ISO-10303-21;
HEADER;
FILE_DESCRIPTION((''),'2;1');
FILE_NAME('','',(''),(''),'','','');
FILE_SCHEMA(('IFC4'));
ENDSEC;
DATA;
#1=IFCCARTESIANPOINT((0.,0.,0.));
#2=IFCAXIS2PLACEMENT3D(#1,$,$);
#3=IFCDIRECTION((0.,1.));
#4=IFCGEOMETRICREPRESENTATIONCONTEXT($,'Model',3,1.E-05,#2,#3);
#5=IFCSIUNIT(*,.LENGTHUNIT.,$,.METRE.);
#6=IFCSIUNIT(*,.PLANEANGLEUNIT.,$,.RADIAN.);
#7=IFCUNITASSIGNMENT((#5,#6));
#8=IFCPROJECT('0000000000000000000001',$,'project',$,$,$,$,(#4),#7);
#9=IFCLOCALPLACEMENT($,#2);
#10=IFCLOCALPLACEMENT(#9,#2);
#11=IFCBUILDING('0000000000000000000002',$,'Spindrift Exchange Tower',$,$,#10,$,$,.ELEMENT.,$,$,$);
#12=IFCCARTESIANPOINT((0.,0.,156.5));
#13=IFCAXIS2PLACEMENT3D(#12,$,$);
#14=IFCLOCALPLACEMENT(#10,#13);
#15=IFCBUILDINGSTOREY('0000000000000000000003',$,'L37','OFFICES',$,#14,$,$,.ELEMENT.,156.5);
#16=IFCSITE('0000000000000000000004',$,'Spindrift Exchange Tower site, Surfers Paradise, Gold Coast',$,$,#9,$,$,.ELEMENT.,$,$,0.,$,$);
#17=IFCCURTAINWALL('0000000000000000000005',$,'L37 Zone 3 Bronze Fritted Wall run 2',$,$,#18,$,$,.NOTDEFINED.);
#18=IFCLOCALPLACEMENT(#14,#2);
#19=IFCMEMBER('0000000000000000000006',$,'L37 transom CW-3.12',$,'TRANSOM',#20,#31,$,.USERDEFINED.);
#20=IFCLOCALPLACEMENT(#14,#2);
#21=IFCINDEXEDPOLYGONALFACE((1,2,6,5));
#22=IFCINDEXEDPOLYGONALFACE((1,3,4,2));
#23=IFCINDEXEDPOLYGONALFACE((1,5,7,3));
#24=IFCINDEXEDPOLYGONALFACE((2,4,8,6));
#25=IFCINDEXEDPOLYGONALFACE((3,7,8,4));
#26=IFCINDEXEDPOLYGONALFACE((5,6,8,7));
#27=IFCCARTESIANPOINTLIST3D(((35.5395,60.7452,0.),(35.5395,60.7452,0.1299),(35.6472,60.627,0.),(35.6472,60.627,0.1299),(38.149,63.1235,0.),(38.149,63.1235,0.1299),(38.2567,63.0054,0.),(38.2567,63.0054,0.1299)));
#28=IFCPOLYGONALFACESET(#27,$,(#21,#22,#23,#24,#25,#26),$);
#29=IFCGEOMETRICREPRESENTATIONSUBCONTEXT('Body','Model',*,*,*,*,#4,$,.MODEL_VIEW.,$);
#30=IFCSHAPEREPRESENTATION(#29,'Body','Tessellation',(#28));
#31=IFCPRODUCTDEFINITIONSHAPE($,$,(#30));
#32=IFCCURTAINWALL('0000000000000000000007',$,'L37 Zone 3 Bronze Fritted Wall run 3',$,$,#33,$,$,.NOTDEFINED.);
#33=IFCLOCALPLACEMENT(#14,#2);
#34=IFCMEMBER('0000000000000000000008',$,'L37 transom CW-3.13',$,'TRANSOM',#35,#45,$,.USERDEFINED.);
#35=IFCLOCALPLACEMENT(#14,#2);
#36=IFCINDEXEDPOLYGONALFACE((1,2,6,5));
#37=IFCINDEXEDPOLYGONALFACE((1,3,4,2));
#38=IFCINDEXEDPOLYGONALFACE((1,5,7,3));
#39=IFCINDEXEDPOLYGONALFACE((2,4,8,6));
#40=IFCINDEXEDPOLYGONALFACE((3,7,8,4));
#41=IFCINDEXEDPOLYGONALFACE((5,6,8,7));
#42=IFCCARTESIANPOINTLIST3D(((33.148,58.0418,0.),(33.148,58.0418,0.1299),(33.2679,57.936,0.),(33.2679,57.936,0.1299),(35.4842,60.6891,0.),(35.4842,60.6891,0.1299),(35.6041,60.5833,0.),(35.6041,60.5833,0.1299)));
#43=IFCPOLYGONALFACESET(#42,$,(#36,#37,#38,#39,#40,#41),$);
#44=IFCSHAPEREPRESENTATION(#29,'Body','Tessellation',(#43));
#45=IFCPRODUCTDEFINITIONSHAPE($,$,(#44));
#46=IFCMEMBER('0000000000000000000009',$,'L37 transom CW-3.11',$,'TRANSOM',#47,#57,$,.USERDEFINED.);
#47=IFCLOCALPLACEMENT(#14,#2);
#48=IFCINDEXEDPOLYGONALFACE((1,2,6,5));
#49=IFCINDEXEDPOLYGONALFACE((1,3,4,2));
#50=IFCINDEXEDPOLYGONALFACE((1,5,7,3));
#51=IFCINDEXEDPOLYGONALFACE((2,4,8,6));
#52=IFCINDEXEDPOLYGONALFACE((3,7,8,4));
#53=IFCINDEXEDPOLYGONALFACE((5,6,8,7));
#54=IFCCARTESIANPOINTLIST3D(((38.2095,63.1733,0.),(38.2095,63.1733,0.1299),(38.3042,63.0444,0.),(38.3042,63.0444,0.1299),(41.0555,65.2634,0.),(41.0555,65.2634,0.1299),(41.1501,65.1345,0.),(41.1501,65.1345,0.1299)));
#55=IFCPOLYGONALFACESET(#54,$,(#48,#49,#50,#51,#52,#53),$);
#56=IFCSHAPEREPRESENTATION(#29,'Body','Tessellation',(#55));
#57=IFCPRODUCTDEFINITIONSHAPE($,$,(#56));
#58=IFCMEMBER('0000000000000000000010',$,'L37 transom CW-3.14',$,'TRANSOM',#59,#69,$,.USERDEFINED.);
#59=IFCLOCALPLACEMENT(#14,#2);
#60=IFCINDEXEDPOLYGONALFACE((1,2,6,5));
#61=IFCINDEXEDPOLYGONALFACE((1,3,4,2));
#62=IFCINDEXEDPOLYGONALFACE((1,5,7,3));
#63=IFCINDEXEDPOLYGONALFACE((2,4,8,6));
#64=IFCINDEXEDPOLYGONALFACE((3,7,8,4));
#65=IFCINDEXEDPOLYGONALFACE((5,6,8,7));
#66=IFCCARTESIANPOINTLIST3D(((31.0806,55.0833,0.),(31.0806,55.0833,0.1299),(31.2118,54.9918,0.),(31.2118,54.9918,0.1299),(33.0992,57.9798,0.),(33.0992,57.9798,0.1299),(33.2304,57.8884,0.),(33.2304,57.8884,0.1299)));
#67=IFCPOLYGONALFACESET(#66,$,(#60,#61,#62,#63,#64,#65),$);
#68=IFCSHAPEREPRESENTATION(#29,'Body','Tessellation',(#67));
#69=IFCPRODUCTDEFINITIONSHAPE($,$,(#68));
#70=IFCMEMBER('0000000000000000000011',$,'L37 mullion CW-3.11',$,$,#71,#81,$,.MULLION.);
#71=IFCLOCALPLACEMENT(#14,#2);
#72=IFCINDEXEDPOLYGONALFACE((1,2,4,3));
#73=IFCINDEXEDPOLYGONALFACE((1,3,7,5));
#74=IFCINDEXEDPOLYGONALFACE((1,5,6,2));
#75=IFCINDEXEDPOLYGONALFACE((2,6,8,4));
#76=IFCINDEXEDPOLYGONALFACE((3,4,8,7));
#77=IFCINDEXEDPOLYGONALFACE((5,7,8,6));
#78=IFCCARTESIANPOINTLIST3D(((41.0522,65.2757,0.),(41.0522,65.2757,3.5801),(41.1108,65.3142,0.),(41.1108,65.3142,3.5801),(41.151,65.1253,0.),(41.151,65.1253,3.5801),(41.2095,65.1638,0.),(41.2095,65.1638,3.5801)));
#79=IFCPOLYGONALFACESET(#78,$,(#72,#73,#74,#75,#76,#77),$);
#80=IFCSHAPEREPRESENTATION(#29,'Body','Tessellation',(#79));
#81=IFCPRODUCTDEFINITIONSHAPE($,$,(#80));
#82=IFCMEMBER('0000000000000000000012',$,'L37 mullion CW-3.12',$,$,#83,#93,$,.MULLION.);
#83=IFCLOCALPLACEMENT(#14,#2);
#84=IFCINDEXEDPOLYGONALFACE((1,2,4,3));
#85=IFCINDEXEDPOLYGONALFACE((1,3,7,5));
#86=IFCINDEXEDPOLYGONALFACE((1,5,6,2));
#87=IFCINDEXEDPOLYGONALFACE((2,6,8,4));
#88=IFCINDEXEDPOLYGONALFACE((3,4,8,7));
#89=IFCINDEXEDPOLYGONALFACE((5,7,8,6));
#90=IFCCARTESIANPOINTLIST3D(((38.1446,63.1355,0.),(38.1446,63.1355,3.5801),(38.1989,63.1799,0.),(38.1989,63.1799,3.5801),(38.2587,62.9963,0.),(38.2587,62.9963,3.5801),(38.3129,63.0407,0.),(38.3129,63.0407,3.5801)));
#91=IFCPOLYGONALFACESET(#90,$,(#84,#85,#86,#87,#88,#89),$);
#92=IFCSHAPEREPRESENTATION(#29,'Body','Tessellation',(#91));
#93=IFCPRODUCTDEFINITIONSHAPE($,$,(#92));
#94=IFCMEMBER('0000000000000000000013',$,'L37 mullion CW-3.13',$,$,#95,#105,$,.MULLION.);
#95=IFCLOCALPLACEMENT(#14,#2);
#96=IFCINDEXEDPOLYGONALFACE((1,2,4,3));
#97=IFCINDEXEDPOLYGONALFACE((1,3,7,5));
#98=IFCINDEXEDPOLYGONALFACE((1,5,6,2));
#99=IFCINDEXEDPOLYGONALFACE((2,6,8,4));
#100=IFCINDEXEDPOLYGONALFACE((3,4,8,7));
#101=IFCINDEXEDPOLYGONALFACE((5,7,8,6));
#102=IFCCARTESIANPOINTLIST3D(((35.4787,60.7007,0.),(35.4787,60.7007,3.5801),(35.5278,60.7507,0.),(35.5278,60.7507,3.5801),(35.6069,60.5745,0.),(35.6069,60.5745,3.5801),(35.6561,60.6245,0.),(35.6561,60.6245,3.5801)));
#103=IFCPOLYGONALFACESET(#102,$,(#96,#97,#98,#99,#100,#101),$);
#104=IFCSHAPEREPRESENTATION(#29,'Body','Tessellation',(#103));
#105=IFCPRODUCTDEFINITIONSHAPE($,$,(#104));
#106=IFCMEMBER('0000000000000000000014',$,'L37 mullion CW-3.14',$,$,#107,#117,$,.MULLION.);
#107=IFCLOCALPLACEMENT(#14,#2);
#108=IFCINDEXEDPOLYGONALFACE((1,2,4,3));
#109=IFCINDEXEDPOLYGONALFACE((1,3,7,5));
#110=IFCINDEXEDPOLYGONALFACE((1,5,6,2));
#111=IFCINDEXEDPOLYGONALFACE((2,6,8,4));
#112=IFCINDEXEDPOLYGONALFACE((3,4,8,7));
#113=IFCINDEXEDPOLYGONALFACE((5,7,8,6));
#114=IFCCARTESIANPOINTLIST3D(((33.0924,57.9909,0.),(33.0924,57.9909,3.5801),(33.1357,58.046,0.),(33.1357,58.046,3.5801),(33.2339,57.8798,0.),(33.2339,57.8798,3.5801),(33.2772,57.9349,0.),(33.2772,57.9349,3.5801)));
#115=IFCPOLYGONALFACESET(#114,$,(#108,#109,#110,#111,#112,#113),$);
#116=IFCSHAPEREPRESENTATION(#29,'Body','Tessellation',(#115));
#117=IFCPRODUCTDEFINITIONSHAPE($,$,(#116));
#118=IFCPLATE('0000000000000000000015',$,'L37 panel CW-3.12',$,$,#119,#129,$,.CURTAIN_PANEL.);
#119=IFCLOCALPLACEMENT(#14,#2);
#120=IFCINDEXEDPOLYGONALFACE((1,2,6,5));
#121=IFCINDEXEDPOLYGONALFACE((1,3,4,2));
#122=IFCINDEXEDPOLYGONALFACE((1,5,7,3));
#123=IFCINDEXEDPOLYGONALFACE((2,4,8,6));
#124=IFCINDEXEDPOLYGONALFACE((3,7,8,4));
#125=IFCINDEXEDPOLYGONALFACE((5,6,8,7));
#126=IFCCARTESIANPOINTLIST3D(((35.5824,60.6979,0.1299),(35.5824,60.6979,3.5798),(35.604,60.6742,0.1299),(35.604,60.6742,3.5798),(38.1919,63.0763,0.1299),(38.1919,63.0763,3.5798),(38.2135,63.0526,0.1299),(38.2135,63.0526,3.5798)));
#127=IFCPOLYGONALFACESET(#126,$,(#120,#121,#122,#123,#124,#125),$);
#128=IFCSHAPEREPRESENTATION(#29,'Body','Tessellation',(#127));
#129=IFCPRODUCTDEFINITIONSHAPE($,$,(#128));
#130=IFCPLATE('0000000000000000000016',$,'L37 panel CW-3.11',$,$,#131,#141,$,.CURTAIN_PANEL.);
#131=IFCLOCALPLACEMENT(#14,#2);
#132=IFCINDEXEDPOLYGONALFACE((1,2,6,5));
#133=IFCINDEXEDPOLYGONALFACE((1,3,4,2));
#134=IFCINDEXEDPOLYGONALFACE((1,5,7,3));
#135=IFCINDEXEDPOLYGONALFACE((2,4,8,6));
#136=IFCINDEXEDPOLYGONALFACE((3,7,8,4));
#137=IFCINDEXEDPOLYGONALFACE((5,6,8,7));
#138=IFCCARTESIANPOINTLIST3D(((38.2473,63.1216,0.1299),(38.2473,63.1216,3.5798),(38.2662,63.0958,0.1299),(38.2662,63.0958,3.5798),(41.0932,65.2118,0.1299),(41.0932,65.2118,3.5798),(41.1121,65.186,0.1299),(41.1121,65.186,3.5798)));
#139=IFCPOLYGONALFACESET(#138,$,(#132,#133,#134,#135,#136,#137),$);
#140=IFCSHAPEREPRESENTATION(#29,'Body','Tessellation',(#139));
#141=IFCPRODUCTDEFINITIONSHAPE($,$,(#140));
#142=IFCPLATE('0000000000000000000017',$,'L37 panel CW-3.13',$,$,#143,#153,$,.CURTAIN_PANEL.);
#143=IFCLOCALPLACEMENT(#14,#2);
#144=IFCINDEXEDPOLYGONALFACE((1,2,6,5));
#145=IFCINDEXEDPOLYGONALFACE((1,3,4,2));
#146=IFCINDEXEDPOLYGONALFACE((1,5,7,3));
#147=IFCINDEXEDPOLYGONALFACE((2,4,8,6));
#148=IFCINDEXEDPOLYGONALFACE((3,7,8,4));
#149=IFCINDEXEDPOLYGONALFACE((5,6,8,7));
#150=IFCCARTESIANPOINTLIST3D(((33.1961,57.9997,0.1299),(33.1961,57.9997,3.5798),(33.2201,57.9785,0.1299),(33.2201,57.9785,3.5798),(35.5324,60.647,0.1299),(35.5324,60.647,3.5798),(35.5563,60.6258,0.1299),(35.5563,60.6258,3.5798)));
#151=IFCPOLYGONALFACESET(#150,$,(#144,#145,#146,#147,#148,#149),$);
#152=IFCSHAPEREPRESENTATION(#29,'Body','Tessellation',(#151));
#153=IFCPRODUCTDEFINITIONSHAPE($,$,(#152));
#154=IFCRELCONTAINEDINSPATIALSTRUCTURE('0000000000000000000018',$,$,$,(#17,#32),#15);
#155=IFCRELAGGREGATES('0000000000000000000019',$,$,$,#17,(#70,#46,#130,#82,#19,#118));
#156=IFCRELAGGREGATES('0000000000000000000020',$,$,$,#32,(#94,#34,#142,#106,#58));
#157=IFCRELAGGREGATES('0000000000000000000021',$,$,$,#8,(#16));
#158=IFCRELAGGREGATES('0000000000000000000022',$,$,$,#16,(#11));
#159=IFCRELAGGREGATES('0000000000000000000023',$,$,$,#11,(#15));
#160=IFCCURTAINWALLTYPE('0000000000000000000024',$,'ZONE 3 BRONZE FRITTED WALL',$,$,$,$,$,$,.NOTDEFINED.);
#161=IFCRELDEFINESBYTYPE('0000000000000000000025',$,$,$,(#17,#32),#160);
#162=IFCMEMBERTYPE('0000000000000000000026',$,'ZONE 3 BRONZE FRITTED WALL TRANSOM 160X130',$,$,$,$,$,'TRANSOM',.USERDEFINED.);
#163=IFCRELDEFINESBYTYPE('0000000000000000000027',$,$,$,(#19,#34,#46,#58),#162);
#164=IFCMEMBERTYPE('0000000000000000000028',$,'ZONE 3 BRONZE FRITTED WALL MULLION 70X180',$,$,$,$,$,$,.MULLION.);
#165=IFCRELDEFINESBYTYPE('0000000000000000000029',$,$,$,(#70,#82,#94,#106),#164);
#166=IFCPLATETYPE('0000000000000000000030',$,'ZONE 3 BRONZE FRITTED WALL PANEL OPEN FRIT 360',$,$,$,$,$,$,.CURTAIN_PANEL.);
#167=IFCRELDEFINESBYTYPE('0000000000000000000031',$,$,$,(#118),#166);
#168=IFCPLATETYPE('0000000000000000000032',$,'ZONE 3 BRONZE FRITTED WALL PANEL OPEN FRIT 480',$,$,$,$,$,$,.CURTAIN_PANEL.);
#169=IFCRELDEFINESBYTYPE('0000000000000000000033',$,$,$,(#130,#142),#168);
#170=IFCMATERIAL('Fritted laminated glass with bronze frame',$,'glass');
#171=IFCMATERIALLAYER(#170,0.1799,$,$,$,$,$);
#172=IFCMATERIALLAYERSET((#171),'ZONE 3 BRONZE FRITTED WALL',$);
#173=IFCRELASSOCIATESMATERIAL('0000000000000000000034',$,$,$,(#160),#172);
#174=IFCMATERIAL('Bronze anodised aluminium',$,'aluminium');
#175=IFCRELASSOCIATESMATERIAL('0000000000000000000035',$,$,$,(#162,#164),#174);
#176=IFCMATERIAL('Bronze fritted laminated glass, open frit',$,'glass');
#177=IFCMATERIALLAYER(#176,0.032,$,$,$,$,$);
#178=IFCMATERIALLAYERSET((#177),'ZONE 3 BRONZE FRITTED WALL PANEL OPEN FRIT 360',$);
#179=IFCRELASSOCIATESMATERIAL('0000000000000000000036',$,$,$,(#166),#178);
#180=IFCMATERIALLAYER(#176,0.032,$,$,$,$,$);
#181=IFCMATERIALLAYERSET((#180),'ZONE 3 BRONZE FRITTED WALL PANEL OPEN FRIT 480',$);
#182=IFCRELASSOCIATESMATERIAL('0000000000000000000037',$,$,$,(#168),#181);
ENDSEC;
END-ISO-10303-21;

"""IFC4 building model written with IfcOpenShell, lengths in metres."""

from ifc_helpers import new_model, si_unit, direction, frame, origin, origin_2d, place, context, subcontext, project, spatial, rectangle, extrude, source, transform, mapped, material, layer, layer_set, material_profile, profile_set, type_object, element, aggregate, save


model = new_model("IFC4")

# Units and contexts
model_context = context("Model", 3, precision=1e-05, world=origin(), true_north=direction((0.0, 1.0)))
body_context = subcontext(model_context, "Body", "Model", "MODEL_VIEW")
ifc_project = project(units=[si_unit("LENGTHUNIT", "METRE"), si_unit("PLANEANGLEUNIT", "RADIAN")], contexts=[model_context])

# Site, building, storey
site_placement = place(None, origin())
site = spatial("IfcSite", under=ifc_project, at=site_placement, Name="Spindrift Exchange Tower site, Surfers Paradise, Gold Coast", CompositionType="ELEMENT", RefElevation=0.0)
building_placement = place(site_placement, origin())
building = spatial("IfcBuilding", under=site, at=building_placement, Name="Spindrift Exchange Tower", CompositionType="ELEMENT")
storey_placement = place(building_placement, frame((0.0, 0.0, 156.5)))
storey = spatial("IfcBuildingStorey", under=building, at=storey_placement, Name="L37", Description="OFFICES", CompositionType="ELEMENT", Elevation=156.5)

# Curtain walls, members
ifc_material_1 = material(Name="Fritted laminated glass with bronze frame", Category="glass")
ifc_layer_1 = layer(ifc_material_1, 0.1799)
ifc_layer_set_1 = layer_set([ifc_layer_1], Name="ZONE 3 BRONZE FRITTED WALL")
curtain_wall_type = type_object("IfcCurtainWallType", Name="ZONE 3 BRONZE FRITTED WALL", PredefinedType="NOTDEFINED", material=ifc_layer_set_1)
curtain_wall_1_placement = place(storey_placement, origin())
curtain_wall_1 = element("IfcCurtainWall", 1, at=curtain_wall_1_placement, inside=storey, type_object=curtain_wall_type, Name="L37 Zone 3 Bronze Fritted Wall run 2", PredefinedType="NOTDEFINED")
ifc_material_2 = material(Name="Bronze anodised aluminium", Category="aluminium")
ifc_material_profile_1 = material_profile(ifc_material_2, rectangle(XDim=0.1599, YDim=0.1299, at=origin_2d()), Name="ZONE 3 BRONZE FRITTED WALL TRANSOM 160X130")
ifc_profile_set_1 = profile_set([ifc_material_profile_1], Name="Bronze anodised aluminium")
member_type_1 = type_object("IfcMemberType", Name="ZONE 3 BRONZE FRITTED WALL TRANSOM 160X130", ElementType="TRANSOM", PredefinedType="USERDEFINED", material=ifc_profile_set_1)
shared_shape_1 = source(origin(), body_context, "Body", "SweptSolid", [
    extrude(rectangle(XDim=0.1599, YDim=0.1299, at=origin_2d()), origin(), (0.0, 0.0, 1.0), 3.5308),
])
member_1_placement = place(storey_placement, frame((38.2029, 63.0645, 0.0649), z_axis=(-0.739088, -0.673608, 0.0), x_axis=(0.673608, -0.739088, 0.0)))
member_1 = element("IfcMember", 2, at=member_1_placement, type_object=member_type_1, Name="L37 transom CW-3.12", ObjectType="TRANSOM", PredefinedType="USERDEFINED", context=body_context, shape_type="MappedRepresentation", body=[
    mapped(shared_shape_1, transform((0.0, 0.0, 0.0), scale=1.0)),
])
curtain_wall_2_placement = place(storey_placement, origin())
curtain_wall_2 = element("IfcCurtainWall", 3, at=curtain_wall_2_placement, inside=storey, type_object=curtain_wall_type, Name="L37 Zone 3 Bronze Fritted Wall run 3", PredefinedType="NOTDEFINED")
member_2_placement = place(storey_placement, frame((35.5442, 60.6362, 0.0649), z_axis=(-0.661686, -0.749781, 0.0), x_axis=(0.749781, -0.661686, 0.0)))
member_2 = element("IfcMember", 4, at=member_2_placement, type_object=member_type_1, Name="L37 transom CW-3.13", ObjectType="TRANSOM", PredefinedType="USERDEFINED", context=body_context, shape_type="MappedRepresentation", body=[
    mapped(shared_shape_1, transform((0.0, 0.0, 0.0), scale=1.0)),
])

# Members
shared_shape_2 = source(origin(), body_context, "Body", "SweptSolid", [
    extrude(rectangle(XDim=0.1599, YDim=0.1299, at=origin_2d()), origin(), (0.0, 0.0, 1.0), 3.531),
])
member_3_placement = place(storey_placement, frame((41.1028, 65.199, 0.0649), z_axis=(-0.805992, -0.591927, 0.0), x_axis=(0.591927, -0.805992, 0.0)))
member_3 = element("IfcMember", 5, at=member_3_placement, type_object=member_type_1, Name="L37 transom CW-3.11", ObjectType="TRANSOM", PredefinedType="USERDEFINED", context=body_context, shape_type="MappedRepresentation", body=[
    mapped(shared_shape_2, transform((0.0, 0.0, 0.0), scale=1.0)),
])
shared_shape_3 = source(origin(), body_context, "Body", "SweptSolid", [
    extrude(rectangle(XDim=0.1599, YDim=0.1299, at=origin_2d()), origin(), (0.0, 0.0, 1.0), 3.5305),
])
member_4_placement = place(storey_placement, frame((33.1648, 57.9341, 0.0649), z_axis=(-0.571753, -0.820426, 0.0), x_axis=(0.820426, -0.571753, 0.0)))
member_4 = element("IfcMember", 6, at=member_4_placement, type_object=member_type_1, Name="L37 transom CW-3.14", ObjectType="TRANSOM", PredefinedType="USERDEFINED", context=body_context, shape_type="MappedRepresentation", body=[
    mapped(shared_shape_3, transform((0.0, 0.0, 0.0), scale=1.0)),
])
ifc_material_profile_2 = material_profile(ifc_material_2, rectangle(XDim=0.0701, YDim=0.1799, at=origin_2d()), Name="ZONE 3 BRONZE FRITTED WALL MULLION 70X180")
ifc_profile_set_2 = profile_set([ifc_material_profile_2], Name="Bronze anodised aluminium")
member_type_2 = type_object("IfcMemberType", Name="ZONE 3 BRONZE FRITTED WALL MULLION 70X180", PredefinedType="MULLION", material=ifc_profile_set_2)
shared_shape_4 = source(origin(), body_context, "Body", "SweptSolid", [
    extrude(rectangle(XDim=0.0701, YDim=0.1799, at=origin_2d()), origin(), (0.0, 0.0, 1.0), 3.5801),
])
member_5_placement = place(storey_placement, frame((41.1309, 65.2197, 0.0), z_axis=(0.0, 0.0, 1.0), x_axis=(-0.835917, -0.548856, 0.0)))
member_5 = element("IfcMember", 7, at=member_5_placement, type_object=member_type_2, Name="L37 mullion CW-3.11", PredefinedType="MULLION", context=body_context, shape_type="MappedRepresentation", body=[
    mapped(shared_shape_4, transform((0.0, 0.0, 0.0), scale=1.0)),
])
member_6_placement = place(storey_placement, frame((38.2288, 63.0881, 0.0), z_axis=(0.0, 0.0, 1.0), x_axis=(-0.773599, -0.633675, 0.0)))
member_6 = element("IfcMember", 8, at=member_6_placement, type_object=member_type_2, Name="L37 mullion CW-3.12", PredefinedType="MULLION", context=body_context, shape_type="MappedRepresentation", body=[
    mapped(shared_shape_4, transform((0.0, 0.0, 0.0), scale=1.0)),
])
member_7_placement = place(storey_placement, frame((35.5674, 60.6626, 0.0), z_axis=(0.0, 0.0, 1.0), x_axis=(-0.701416, -0.712752, 0.0)))
member_7 = element("IfcMember", 9, at=member_7_placement, type_object=member_type_2, Name="L37 mullion CW-3.13", PredefinedType="MULLION", context=body_context, shape_type="MappedRepresentation", body=[
    mapped(shared_shape_4, transform((0.0, 0.0, 0.0), scale=1.0)),
])
member_8_placement = place(storey_placement, frame((33.1848, 57.9629, 0.0), z_axis=(0.0, 0.0, 1.0), x_axis=(-0.617748, -0.786376, 0.0)))
member_8 = element("IfcMember", 10, at=member_8_placement, type_object=member_type_2, Name="L37 mullion CW-3.14", PredefinedType="MULLION", context=body_context, shape_type="MappedRepresentation", body=[
    mapped(shared_shape_4, transform((0.0, 0.0, 0.0), scale=1.0)),
])

# Plates
ifc_material_3 = material(Name="Bronze fritted laminated glass, open frit", Category="glass")
ifc_layer_2 = layer(ifc_material_3, 0.032)
ifc_layer_set_2 = layer_set([ifc_layer_2], Name="ZONE 3 BRONZE FRITTED WALL PANEL OPEN FRIT 360")
plate_type_1 = type_object("IfcPlateType", Name="ZONE 3 BRONZE FRITTED WALL PANEL OPEN FRIT 360", PredefinedType="CURTAIN_PANEL", material=ifc_layer_set_2)
shared_shape_5 = source(origin(), body_context, "Body", "SweptSolid", [
    extrude(rectangle(XDim=3.5308, YDim=0.032, at=origin_2d()), origin(), (0.0, 0.0, 1.0), 3.45),
])
plate_1_placement = place(storey_placement, frame((36.8979, 61.8752, 0.1299), z_axis=(0.0, 0.0, 1.0), x_axis=(-0.739078, -0.67362, 0.0)))
plate_1 = element("IfcPlate", 11, at=plate_1_placement, type_object=plate_type_1, Name="L37 panel CW-3.12", PredefinedType="CURTAIN_PANEL", context=body_context, shape_type="MappedRepresentation", body=[
    mapped(shared_shape_5, transform((0.0, 0.0, 0.0), scale=1.0)),
])
ifc_layer_3 = layer(ifc_material_3, 0.032)
ifc_layer_set_3 = layer_set([ifc_layer_3], Name="ZONE 3 BRONZE FRITTED WALL PANEL OPEN FRIT 480")
plate_type_2 = type_object("IfcPlateType", Name="ZONE 3 BRONZE FRITTED WALL PANEL OPEN FRIT 480", PredefinedType="CURTAIN_PANEL", material=ifc_layer_set_3)
shared_shape_6 = source(origin(), body_context, "Body", "SweptSolid", [
    extrude(rectangle(XDim=3.531, YDim=0.032, at=origin_2d()), origin(), (0.0, 0.0, 1.0), 3.45),
])
plate_2_placement = place(storey_placement, frame((39.6797, 64.1538, 0.1299), z_axis=(0.0, 0.0, 1.0), x_axis=(-0.805965, -0.591963, 0.0)))
plate_2 = element("IfcPlate", 12, at=plate_2_placement, type_object=plate_type_2, Name="L37 panel CW-3.11", PredefinedType="CURTAIN_PANEL", context=body_context, shape_type="MappedRepresentation", body=[
    mapped(shared_shape_6, transform((0.0, 0.0, 0.0), scale=1.0)),
])
aggregate(curtain_wall_1, [member_5, member_3, plate_2, member_6, member_1, plate_1])
shared_shape_7 = source(origin(), body_context, "Body", "SweptSolid", [
    extrude(rectangle(XDim=3.5308, YDim=0.032, at=origin_2d()), origin(), (0.0, 0.0, 1.0), 3.45),
])
plate_3_placement = place(storey_placement, frame((34.3762, 59.3127, 0.1299), z_axis=(0.0, 0.0, 1.0), x_axis=(-0.661686, -0.749781, 0.0)))
plate_3 = element("IfcPlate", 13, at=plate_3_placement, type_object=plate_type_2, Name="L37 panel CW-3.13", PredefinedType="CURTAIN_PANEL", context=body_context, shape_type="MappedRepresentation", body=[
    mapped(shared_shape_7, transform((0.0, 0.0, 0.0), scale=1.0)),
])
aggregate(curtain_wall_2, [member_7, member_2, plate_3, member_8, member_4])

save(model, "model.ifc")
